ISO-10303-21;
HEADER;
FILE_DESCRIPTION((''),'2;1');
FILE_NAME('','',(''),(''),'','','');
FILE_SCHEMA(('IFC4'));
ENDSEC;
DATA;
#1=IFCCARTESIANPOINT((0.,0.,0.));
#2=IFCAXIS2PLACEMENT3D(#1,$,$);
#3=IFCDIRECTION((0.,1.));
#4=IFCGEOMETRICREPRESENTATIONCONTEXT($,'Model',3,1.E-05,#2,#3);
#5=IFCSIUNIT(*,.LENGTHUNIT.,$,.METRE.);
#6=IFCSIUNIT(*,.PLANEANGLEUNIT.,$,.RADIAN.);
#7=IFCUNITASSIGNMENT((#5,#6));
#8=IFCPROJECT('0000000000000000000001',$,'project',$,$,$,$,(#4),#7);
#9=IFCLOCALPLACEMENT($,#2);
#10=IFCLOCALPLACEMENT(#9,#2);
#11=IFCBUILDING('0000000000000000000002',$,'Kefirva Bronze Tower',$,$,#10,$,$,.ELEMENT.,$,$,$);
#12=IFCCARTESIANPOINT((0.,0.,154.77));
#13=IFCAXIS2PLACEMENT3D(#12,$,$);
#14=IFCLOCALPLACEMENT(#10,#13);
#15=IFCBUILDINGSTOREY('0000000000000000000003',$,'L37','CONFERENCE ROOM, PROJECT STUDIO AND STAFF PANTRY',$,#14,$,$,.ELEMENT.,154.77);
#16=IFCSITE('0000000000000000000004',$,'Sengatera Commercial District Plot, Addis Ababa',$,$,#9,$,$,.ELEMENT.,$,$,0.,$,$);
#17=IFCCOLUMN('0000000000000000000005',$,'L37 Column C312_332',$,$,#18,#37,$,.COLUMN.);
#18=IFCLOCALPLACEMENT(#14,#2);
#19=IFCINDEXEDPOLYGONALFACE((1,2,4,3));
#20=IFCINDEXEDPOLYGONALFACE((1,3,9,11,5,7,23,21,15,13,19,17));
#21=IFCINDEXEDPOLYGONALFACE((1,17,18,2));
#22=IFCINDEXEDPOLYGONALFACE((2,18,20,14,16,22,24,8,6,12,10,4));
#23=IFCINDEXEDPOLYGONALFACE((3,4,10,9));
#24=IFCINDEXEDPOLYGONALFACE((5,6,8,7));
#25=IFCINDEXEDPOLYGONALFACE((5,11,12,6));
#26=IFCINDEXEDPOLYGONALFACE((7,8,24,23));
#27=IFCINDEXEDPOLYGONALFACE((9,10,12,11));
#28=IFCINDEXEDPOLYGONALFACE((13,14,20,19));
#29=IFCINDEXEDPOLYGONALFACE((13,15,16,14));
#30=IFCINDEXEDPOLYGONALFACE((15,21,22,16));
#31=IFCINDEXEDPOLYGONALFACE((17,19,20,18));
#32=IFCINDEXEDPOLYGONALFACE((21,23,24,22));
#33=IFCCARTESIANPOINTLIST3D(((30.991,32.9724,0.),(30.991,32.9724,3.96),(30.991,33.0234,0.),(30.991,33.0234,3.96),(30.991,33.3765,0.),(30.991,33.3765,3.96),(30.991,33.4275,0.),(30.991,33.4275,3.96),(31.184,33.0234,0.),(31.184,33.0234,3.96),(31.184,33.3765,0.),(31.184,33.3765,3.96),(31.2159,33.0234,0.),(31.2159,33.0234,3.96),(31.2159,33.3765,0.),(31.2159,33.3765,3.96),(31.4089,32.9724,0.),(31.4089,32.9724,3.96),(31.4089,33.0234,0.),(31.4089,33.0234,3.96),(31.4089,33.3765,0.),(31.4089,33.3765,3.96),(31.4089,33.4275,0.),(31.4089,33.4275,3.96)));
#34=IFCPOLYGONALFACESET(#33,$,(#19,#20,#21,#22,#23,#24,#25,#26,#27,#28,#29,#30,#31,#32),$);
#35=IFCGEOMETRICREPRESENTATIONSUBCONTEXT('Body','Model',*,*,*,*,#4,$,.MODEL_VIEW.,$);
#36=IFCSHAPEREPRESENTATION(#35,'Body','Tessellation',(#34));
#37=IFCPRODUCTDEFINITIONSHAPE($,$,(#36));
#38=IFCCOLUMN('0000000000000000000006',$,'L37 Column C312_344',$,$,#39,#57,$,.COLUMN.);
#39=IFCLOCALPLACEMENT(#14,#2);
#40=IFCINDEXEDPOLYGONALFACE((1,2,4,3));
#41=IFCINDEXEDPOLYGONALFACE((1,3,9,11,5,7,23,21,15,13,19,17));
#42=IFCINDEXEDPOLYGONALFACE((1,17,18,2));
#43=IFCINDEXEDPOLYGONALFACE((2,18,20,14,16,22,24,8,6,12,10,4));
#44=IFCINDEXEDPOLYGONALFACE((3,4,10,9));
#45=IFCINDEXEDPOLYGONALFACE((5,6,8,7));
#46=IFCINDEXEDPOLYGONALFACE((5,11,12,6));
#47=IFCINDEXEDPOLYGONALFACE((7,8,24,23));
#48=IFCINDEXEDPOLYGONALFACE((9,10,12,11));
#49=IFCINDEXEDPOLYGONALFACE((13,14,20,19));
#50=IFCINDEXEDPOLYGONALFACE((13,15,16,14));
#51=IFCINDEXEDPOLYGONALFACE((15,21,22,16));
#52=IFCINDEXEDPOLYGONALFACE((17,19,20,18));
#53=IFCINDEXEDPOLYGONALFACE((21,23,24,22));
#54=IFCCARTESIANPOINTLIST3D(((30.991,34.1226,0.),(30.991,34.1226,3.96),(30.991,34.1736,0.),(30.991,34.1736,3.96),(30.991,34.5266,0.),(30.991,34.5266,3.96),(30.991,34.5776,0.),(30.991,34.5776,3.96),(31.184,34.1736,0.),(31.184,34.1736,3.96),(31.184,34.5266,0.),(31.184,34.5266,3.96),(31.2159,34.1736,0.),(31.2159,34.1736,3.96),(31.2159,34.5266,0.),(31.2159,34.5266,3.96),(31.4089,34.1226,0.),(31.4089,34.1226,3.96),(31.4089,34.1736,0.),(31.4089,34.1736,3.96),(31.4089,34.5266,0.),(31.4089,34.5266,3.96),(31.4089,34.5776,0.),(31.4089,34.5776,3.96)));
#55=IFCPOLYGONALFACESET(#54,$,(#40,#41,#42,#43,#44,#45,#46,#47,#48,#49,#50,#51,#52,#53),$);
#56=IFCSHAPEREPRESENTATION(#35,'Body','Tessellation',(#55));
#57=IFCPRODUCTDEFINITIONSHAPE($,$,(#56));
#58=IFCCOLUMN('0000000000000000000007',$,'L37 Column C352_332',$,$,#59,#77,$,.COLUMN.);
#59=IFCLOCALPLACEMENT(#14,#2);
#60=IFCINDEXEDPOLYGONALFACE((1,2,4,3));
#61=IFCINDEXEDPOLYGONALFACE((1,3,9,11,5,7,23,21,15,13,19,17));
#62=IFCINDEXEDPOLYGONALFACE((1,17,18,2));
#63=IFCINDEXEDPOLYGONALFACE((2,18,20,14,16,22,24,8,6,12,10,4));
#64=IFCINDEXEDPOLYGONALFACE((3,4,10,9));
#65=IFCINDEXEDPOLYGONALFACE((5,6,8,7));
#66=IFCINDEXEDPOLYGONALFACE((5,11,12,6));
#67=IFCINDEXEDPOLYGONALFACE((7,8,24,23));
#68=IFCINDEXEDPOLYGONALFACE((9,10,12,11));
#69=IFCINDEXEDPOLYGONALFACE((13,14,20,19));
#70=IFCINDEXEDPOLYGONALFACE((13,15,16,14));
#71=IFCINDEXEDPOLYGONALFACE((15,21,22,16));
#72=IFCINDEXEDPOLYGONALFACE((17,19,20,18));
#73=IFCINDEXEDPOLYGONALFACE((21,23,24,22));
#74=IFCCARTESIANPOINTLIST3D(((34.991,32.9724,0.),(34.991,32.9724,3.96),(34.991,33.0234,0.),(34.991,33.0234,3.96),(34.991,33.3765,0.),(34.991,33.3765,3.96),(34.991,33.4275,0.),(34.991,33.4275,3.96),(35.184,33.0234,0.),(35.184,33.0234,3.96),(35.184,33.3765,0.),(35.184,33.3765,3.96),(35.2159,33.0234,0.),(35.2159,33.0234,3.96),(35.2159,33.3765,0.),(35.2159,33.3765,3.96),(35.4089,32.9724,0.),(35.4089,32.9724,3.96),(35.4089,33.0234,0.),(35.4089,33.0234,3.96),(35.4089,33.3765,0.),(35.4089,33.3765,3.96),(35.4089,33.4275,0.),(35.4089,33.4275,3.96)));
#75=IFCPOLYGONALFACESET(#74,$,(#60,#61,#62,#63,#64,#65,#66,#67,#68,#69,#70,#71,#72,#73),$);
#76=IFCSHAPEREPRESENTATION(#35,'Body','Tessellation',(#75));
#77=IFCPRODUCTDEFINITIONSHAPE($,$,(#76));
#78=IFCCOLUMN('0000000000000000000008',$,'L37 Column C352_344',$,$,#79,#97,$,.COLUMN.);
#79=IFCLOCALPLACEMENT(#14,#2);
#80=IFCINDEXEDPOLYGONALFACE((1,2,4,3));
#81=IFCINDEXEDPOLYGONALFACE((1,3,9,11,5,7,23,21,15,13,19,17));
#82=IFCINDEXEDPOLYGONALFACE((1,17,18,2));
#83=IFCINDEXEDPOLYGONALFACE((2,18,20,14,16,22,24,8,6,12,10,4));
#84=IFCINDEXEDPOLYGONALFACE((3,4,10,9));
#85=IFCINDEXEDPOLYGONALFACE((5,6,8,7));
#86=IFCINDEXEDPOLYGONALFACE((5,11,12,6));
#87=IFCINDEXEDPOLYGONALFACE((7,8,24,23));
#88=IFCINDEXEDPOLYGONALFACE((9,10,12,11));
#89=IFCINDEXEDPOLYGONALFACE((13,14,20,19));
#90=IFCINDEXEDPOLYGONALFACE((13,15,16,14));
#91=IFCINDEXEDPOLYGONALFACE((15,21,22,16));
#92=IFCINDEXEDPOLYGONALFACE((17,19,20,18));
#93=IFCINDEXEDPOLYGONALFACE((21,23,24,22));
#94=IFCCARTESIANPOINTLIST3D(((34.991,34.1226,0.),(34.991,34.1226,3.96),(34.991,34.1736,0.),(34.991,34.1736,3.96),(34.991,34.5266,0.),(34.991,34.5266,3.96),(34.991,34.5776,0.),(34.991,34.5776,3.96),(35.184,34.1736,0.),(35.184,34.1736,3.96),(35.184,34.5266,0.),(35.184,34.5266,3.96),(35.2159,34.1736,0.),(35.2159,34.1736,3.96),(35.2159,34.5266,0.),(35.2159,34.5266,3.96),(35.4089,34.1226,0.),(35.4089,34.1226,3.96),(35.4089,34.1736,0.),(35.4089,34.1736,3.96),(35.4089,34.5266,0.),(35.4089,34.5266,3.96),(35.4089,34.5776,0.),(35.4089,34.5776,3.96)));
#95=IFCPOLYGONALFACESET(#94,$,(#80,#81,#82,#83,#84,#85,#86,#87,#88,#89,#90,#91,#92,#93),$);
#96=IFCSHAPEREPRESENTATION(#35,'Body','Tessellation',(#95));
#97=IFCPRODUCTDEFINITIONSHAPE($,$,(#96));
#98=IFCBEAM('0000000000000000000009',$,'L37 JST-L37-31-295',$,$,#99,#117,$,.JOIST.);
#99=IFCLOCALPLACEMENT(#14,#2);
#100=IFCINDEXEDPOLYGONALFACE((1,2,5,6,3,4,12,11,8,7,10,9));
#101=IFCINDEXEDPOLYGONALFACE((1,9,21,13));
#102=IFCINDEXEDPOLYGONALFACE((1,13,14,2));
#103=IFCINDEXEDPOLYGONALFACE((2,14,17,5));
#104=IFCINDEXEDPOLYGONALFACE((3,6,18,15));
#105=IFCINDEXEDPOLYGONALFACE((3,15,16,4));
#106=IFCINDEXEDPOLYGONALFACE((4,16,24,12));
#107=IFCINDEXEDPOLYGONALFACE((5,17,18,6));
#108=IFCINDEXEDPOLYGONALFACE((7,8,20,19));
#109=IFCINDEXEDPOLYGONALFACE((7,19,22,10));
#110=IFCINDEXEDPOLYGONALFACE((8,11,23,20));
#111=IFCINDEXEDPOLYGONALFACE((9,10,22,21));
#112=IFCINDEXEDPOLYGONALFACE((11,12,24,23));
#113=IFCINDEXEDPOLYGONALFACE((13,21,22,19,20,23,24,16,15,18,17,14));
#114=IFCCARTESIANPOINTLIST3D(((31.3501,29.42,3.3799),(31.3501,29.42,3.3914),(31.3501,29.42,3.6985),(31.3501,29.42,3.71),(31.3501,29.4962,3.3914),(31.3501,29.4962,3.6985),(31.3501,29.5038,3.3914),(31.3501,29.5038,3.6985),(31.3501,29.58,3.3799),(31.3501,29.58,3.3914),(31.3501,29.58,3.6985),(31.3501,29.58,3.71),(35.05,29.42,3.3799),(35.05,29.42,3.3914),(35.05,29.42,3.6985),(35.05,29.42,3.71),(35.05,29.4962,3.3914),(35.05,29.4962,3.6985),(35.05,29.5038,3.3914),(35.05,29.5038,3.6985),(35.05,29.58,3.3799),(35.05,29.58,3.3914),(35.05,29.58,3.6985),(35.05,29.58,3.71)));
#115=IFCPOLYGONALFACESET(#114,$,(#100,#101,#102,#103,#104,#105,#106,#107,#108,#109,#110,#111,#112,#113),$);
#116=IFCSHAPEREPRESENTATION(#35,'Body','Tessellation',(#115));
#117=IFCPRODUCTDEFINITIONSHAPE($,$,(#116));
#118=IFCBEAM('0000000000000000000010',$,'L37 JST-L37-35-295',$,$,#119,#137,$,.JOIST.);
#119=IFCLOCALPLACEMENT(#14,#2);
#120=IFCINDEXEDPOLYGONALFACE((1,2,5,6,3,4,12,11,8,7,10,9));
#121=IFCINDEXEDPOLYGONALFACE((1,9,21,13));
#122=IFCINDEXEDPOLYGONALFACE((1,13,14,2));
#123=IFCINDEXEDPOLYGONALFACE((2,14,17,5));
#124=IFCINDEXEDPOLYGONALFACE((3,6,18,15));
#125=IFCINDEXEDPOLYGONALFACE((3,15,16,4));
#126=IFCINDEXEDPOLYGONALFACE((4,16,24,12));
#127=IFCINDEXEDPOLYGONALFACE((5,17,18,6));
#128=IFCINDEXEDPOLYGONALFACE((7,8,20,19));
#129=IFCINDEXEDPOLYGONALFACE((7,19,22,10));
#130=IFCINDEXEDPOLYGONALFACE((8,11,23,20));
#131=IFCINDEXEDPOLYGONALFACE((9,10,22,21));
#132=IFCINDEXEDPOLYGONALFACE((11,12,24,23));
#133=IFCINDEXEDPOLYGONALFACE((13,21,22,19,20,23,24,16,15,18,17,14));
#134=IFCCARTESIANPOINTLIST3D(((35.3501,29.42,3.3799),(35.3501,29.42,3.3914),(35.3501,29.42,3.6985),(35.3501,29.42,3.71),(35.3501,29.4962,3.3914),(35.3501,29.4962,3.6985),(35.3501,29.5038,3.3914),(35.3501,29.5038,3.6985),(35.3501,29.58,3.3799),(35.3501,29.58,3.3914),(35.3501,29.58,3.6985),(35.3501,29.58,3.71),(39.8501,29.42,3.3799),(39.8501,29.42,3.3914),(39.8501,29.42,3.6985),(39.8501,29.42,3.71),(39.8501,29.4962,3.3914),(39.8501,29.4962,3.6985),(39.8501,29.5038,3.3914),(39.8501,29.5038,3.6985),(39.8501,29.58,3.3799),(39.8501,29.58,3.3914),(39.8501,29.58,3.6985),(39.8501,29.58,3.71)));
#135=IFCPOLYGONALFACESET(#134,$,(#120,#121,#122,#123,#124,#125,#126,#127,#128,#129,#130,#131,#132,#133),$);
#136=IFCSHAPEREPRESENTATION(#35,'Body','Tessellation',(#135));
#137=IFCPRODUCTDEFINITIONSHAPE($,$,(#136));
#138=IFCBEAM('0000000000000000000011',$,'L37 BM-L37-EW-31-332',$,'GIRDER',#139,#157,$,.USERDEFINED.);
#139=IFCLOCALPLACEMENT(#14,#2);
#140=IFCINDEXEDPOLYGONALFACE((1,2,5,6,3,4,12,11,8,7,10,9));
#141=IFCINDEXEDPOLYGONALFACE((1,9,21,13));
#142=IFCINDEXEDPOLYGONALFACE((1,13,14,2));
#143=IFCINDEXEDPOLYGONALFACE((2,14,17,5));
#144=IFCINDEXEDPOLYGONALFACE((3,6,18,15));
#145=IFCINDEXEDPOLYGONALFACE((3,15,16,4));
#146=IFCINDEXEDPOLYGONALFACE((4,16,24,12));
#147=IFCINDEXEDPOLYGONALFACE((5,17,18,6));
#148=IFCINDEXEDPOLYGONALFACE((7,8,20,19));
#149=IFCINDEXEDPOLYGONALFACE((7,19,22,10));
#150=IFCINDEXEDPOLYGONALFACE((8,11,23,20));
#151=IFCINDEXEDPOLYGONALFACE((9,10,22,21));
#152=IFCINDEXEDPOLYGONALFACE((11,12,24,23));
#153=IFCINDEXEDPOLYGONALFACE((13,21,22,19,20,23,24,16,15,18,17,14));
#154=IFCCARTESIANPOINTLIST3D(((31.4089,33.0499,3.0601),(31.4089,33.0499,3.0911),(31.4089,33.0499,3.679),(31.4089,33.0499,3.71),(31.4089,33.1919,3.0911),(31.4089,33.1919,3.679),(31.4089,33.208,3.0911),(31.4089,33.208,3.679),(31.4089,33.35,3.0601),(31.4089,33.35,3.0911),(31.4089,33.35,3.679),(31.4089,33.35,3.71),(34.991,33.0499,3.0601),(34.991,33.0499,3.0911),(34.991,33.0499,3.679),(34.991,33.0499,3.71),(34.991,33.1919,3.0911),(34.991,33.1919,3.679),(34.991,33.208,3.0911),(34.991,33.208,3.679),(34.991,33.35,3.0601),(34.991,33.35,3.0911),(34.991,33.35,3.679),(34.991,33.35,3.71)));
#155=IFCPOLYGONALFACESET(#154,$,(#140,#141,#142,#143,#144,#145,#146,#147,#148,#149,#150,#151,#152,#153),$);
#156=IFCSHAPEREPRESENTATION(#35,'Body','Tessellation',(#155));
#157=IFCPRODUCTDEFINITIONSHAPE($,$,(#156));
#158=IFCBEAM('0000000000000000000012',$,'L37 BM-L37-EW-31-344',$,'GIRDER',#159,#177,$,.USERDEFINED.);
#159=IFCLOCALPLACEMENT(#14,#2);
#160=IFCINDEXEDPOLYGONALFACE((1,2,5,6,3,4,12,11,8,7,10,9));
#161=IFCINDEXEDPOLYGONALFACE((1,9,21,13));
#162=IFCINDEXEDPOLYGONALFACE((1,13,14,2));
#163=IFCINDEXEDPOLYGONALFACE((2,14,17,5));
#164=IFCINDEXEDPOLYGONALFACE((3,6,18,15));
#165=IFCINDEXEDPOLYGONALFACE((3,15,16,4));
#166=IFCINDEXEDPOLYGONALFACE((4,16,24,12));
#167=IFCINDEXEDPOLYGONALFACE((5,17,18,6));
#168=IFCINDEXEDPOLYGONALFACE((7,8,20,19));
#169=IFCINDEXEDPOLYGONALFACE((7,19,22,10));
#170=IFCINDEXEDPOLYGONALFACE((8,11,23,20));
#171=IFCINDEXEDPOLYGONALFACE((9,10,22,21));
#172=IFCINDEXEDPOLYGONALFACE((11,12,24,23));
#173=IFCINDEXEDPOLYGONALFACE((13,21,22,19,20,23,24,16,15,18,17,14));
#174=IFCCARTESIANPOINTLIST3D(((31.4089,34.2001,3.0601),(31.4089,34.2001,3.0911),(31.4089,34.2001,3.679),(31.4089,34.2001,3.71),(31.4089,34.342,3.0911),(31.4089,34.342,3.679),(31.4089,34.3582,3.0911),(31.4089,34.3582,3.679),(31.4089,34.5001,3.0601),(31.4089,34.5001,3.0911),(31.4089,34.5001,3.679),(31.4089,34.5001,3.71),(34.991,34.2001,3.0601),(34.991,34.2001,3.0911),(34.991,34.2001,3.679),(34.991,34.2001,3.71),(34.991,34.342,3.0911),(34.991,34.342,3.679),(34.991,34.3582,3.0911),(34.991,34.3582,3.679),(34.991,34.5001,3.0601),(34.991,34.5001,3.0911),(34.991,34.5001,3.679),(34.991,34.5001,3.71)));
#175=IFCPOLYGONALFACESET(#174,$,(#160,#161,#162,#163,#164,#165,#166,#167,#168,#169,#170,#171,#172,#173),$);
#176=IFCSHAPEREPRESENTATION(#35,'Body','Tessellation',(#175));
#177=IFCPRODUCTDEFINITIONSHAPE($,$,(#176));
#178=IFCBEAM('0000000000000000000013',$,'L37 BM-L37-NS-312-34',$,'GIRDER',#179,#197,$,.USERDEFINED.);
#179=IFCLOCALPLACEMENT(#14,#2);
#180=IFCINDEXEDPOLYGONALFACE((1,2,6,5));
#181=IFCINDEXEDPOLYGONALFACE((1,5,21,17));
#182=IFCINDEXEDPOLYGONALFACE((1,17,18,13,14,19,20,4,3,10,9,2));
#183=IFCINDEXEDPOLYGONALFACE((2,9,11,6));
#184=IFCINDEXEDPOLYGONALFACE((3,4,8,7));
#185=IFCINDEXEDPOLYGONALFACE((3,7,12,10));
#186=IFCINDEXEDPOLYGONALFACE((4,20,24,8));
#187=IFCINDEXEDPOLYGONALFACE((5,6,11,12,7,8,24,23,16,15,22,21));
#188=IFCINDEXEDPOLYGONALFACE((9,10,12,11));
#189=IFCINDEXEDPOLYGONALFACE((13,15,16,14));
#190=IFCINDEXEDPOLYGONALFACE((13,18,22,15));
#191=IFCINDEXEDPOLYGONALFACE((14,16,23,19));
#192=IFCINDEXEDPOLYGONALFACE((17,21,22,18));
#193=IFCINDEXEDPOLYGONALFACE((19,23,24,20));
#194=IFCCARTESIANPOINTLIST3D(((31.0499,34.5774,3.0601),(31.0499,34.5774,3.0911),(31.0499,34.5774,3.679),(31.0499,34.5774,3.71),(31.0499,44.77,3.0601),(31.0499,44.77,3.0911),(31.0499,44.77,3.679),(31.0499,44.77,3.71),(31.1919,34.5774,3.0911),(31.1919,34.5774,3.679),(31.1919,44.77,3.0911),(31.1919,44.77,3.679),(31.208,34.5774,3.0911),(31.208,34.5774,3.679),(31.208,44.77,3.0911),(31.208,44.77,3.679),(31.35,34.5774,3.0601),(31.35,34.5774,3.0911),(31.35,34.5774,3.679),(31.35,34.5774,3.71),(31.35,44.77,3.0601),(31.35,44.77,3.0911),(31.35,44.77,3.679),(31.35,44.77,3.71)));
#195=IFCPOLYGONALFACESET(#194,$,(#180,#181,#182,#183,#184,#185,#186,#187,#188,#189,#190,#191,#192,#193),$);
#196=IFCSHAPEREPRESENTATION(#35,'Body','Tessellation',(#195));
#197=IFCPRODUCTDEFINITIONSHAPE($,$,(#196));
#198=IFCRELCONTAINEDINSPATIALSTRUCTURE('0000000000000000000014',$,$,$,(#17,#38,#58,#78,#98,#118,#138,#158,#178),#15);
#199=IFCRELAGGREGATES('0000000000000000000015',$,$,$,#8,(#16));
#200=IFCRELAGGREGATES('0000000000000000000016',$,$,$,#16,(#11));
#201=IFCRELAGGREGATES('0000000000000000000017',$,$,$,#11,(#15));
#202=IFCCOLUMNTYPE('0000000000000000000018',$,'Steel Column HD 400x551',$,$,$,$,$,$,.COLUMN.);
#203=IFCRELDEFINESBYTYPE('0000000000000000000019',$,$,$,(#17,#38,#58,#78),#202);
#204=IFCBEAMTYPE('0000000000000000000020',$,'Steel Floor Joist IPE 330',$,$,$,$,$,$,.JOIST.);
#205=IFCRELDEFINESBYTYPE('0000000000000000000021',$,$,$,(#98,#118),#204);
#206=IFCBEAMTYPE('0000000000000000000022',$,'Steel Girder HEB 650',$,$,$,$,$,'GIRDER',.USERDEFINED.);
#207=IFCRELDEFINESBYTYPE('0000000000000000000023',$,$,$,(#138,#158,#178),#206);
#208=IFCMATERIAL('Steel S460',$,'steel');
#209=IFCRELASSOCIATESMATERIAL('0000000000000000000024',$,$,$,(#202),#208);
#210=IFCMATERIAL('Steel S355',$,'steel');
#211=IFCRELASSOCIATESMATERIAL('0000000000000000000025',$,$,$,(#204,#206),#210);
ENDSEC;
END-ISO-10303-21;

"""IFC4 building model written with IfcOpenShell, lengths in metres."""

from ifc_helpers import new_model, si_unit, direction, frame, origin, origin_2d, place, context, subcontext, project, spatial, i_section, extrude, material, material_profile, profile_set, type_object, element, save


model = new_model("IFC4")

# Units and contexts
model_context = context("Model", 3, precision=1e-05, world=origin(), true_north=direction((0.0, 1.0)))
body_context = subcontext(model_context, "Body", "Model", "MODEL_VIEW")
ifc_project = project(units=[si_unit("LENGTHUNIT", "METRE"), si_unit("PLANEANGLEUNIT", "RADIAN")], contexts=[model_context])

# Site, building, storey
site_placement = place(None, origin())
site = spatial("IfcSite", under=ifc_project, at=site_placement, Name="Sengatera Commercial District Plot, Addis Ababa", CompositionType="ELEMENT", RefElevation=0.0)
building_placement = place(site_placement, origin())
building = spatial("IfcBuilding", under=site, at=building_placement, Name="Kefirva Bronze Tower", CompositionType="ELEMENT")
storey_placement = place(building_placement, frame((0.0, 0.0, 154.77)))
storey = spatial("IfcBuildingStorey", under=building, at=storey_placement, Name="L37", Description="CONFERENCE ROOM, PROJECT STUDIO AND STAFF PANTRY", CompositionType="ELEMENT", Elevation=154.77)

# Columns
ifc_material_1 = material(Name="Steel S460", Category="steel")
ifc_material_profile_1 = material_profile(ifc_material_1, i_section(OverallWidth=0.418, OverallDepth=0.4551, WebThickness=0.032, FlangeThickness=0.051, at=origin_2d()), Name="HD 400x551")
ifc_profile_set_1 = profile_set([ifc_material_profile_1], Name="Steel S460")
column_type = type_object("IfcColumnType", Name="Steel Column HD 400x551", PredefinedType="COLUMN", material=ifc_profile_set_1)
for number, where, z_axis, x_axis, name in (
    (1, (31.2, 33.2, 0.0), (0.0, 0.0, 1.0), (1.0, 0.0, 0.0), "L37 Column C312_332"),
    (2, (31.2, 34.3501, 0.0), (0.0, 0.0, 1.0), (1.0, 0.0, 0.0), "L37 Column C312_344"),
    (3, (35.2, 33.2, 0.0), (0.0, 0.0, 1.0), (1.0, 0.0, 0.0), "L37 Column C352_332"),
    (4, (35.2, 34.3501, 0.0), (0.0, 0.0, 1.0), (1.0, 0.0, 0.0), "L37 Column C352_344"),
):
    element("IfcColumn", number, at=place(storey_placement, frame(where, z_axis=z_axis, x_axis=x_axis)), inside=storey, type_object=column_type, Name=name, PredefinedType="COLUMN", context=body_context, shape_type="SweptSolid", body=[
        extrude(i_section(OverallWidth=0.418, OverallDepth=0.4551, WebThickness=0.032, FlangeThickness=0.051, at=origin_2d()), origin(), (0.0, 0.0, 1.0), 3.96),
    ])

# Beams
ifc_material_2 = material(Name="Steel S355", Category="steel")
ifc_material_profile_2 = material_profile(ifc_material_2, i_section(OverallWidth=0.1599, OverallDepth=0.3301, WebThickness=0.0076, FlangeThickness=0.0115, at=origin_2d()), Name="IPE 330")
ifc_profile_set_2 = profile_set([ifc_material_profile_2], Name="Steel S355")
beam_type_1 = type_object("IfcBeamType", Name="Steel Floor Joist IPE 330", PredefinedType="JOIST", material=ifc_profile_set_2)
beam_1_placement = place(storey_placement, frame((31.3501, 29.5, 3.5449), z_axis=(1.0, 0.0, 0.0), x_axis=(0.0, 1.0, 0.0)))
element("IfcBeam", 5, at=beam_1_placement, inside=storey, type_object=beam_type_1, Name="L37 JST-L37-31-295", PredefinedType="JOIST", context=body_context, shape_type="SweptSolid", body=[
    extrude(i_section(OverallWidth=0.1599, OverallDepth=0.3301, WebThickness=0.0076, FlangeThickness=0.0115, at=origin_2d()), origin(), (0.0, 0.0, 1.0), 3.7),
])
beam_2_placement = place(storey_placement, frame((35.3501, 29.5, 3.5449), z_axis=(1.0, 0.0, 0.0), x_axis=(0.0, 1.0, 0.0)))
element("IfcBeam", 6, at=beam_2_placement, inside=storey, type_object=beam_type_1, Name="L37 JST-L37-35-295", PredefinedType="JOIST", context=body_context, shape_type="SweptSolid", body=[
    extrude(i_section(OverallWidth=0.1599, OverallDepth=0.3301, WebThickness=0.0076, FlangeThickness=0.0115, at=origin_2d()), origin(), (0.0, 0.0, 1.0), 4.5),
])
ifc_material_profile_3 = material_profile(ifc_material_2, i_section(OverallWidth=0.3, OverallDepth=0.6499, WebThickness=0.0161, FlangeThickness=0.031, at=origin_2d()), Name="HEB 650")
ifc_profile_set_3 = profile_set([ifc_material_profile_3], Name="Steel S355")
beam_type_2 = type_object("IfcBeamType", Name="Steel Girder HEB 650", ElementType="GIRDER", PredefinedType="USERDEFINED", material=ifc_profile_set_3)
for number, where, z_axis, x_axis, name in (
    (7, (31.4089, 33.2, 3.385), (1.0, 0.0, 0.0), (0.0, 1.0, 0.0), "L37 BM-L37-EW-31-332"),
    (8, (31.4089, 34.3501, 3.385), (1.0, 0.0, 0.0), (0.0, 1.0, 0.0), "L37 BM-L37-EW-31-344"),
):
    element("IfcBeam", number, at=place(storey_placement, frame(where, z_axis=z_axis, x_axis=x_axis)), inside=storey, type_object=beam_type_2, Name=name, ObjectType="GIRDER", PredefinedType="USERDEFINED", context=body_context, shape_type="SweptSolid", body=[
        extrude(i_section(OverallWidth=0.3, OverallDepth=0.6499, WebThickness=0.0161, FlangeThickness=0.031, at=origin_2d()), origin(), (0.0, 0.0, 1.0), 3.582),
    ])
beam_3_placement = place(storey_placement, frame((31.2, 34.5774, 3.385), z_axis=(0.0, 1.0, 0.0), x_axis=(-1.0, 0.0, 0.0)))
element("IfcBeam", 9, at=beam_3_placement, inside=storey, type_object=beam_type_2, Name="L37 BM-L37-NS-312-34", ObjectType="GIRDER", PredefinedType="USERDEFINED", context=body_context, shape_type="SweptSolid", body=[
    extrude(i_section(OverallWidth=0.3, OverallDepth=0.6499, WebThickness=0.0161, FlangeThickness=0.031, at=origin_2d()), origin(), (0.0, 0.0, 1.0), 10.1926),
])

save(model, "model.ifc")
